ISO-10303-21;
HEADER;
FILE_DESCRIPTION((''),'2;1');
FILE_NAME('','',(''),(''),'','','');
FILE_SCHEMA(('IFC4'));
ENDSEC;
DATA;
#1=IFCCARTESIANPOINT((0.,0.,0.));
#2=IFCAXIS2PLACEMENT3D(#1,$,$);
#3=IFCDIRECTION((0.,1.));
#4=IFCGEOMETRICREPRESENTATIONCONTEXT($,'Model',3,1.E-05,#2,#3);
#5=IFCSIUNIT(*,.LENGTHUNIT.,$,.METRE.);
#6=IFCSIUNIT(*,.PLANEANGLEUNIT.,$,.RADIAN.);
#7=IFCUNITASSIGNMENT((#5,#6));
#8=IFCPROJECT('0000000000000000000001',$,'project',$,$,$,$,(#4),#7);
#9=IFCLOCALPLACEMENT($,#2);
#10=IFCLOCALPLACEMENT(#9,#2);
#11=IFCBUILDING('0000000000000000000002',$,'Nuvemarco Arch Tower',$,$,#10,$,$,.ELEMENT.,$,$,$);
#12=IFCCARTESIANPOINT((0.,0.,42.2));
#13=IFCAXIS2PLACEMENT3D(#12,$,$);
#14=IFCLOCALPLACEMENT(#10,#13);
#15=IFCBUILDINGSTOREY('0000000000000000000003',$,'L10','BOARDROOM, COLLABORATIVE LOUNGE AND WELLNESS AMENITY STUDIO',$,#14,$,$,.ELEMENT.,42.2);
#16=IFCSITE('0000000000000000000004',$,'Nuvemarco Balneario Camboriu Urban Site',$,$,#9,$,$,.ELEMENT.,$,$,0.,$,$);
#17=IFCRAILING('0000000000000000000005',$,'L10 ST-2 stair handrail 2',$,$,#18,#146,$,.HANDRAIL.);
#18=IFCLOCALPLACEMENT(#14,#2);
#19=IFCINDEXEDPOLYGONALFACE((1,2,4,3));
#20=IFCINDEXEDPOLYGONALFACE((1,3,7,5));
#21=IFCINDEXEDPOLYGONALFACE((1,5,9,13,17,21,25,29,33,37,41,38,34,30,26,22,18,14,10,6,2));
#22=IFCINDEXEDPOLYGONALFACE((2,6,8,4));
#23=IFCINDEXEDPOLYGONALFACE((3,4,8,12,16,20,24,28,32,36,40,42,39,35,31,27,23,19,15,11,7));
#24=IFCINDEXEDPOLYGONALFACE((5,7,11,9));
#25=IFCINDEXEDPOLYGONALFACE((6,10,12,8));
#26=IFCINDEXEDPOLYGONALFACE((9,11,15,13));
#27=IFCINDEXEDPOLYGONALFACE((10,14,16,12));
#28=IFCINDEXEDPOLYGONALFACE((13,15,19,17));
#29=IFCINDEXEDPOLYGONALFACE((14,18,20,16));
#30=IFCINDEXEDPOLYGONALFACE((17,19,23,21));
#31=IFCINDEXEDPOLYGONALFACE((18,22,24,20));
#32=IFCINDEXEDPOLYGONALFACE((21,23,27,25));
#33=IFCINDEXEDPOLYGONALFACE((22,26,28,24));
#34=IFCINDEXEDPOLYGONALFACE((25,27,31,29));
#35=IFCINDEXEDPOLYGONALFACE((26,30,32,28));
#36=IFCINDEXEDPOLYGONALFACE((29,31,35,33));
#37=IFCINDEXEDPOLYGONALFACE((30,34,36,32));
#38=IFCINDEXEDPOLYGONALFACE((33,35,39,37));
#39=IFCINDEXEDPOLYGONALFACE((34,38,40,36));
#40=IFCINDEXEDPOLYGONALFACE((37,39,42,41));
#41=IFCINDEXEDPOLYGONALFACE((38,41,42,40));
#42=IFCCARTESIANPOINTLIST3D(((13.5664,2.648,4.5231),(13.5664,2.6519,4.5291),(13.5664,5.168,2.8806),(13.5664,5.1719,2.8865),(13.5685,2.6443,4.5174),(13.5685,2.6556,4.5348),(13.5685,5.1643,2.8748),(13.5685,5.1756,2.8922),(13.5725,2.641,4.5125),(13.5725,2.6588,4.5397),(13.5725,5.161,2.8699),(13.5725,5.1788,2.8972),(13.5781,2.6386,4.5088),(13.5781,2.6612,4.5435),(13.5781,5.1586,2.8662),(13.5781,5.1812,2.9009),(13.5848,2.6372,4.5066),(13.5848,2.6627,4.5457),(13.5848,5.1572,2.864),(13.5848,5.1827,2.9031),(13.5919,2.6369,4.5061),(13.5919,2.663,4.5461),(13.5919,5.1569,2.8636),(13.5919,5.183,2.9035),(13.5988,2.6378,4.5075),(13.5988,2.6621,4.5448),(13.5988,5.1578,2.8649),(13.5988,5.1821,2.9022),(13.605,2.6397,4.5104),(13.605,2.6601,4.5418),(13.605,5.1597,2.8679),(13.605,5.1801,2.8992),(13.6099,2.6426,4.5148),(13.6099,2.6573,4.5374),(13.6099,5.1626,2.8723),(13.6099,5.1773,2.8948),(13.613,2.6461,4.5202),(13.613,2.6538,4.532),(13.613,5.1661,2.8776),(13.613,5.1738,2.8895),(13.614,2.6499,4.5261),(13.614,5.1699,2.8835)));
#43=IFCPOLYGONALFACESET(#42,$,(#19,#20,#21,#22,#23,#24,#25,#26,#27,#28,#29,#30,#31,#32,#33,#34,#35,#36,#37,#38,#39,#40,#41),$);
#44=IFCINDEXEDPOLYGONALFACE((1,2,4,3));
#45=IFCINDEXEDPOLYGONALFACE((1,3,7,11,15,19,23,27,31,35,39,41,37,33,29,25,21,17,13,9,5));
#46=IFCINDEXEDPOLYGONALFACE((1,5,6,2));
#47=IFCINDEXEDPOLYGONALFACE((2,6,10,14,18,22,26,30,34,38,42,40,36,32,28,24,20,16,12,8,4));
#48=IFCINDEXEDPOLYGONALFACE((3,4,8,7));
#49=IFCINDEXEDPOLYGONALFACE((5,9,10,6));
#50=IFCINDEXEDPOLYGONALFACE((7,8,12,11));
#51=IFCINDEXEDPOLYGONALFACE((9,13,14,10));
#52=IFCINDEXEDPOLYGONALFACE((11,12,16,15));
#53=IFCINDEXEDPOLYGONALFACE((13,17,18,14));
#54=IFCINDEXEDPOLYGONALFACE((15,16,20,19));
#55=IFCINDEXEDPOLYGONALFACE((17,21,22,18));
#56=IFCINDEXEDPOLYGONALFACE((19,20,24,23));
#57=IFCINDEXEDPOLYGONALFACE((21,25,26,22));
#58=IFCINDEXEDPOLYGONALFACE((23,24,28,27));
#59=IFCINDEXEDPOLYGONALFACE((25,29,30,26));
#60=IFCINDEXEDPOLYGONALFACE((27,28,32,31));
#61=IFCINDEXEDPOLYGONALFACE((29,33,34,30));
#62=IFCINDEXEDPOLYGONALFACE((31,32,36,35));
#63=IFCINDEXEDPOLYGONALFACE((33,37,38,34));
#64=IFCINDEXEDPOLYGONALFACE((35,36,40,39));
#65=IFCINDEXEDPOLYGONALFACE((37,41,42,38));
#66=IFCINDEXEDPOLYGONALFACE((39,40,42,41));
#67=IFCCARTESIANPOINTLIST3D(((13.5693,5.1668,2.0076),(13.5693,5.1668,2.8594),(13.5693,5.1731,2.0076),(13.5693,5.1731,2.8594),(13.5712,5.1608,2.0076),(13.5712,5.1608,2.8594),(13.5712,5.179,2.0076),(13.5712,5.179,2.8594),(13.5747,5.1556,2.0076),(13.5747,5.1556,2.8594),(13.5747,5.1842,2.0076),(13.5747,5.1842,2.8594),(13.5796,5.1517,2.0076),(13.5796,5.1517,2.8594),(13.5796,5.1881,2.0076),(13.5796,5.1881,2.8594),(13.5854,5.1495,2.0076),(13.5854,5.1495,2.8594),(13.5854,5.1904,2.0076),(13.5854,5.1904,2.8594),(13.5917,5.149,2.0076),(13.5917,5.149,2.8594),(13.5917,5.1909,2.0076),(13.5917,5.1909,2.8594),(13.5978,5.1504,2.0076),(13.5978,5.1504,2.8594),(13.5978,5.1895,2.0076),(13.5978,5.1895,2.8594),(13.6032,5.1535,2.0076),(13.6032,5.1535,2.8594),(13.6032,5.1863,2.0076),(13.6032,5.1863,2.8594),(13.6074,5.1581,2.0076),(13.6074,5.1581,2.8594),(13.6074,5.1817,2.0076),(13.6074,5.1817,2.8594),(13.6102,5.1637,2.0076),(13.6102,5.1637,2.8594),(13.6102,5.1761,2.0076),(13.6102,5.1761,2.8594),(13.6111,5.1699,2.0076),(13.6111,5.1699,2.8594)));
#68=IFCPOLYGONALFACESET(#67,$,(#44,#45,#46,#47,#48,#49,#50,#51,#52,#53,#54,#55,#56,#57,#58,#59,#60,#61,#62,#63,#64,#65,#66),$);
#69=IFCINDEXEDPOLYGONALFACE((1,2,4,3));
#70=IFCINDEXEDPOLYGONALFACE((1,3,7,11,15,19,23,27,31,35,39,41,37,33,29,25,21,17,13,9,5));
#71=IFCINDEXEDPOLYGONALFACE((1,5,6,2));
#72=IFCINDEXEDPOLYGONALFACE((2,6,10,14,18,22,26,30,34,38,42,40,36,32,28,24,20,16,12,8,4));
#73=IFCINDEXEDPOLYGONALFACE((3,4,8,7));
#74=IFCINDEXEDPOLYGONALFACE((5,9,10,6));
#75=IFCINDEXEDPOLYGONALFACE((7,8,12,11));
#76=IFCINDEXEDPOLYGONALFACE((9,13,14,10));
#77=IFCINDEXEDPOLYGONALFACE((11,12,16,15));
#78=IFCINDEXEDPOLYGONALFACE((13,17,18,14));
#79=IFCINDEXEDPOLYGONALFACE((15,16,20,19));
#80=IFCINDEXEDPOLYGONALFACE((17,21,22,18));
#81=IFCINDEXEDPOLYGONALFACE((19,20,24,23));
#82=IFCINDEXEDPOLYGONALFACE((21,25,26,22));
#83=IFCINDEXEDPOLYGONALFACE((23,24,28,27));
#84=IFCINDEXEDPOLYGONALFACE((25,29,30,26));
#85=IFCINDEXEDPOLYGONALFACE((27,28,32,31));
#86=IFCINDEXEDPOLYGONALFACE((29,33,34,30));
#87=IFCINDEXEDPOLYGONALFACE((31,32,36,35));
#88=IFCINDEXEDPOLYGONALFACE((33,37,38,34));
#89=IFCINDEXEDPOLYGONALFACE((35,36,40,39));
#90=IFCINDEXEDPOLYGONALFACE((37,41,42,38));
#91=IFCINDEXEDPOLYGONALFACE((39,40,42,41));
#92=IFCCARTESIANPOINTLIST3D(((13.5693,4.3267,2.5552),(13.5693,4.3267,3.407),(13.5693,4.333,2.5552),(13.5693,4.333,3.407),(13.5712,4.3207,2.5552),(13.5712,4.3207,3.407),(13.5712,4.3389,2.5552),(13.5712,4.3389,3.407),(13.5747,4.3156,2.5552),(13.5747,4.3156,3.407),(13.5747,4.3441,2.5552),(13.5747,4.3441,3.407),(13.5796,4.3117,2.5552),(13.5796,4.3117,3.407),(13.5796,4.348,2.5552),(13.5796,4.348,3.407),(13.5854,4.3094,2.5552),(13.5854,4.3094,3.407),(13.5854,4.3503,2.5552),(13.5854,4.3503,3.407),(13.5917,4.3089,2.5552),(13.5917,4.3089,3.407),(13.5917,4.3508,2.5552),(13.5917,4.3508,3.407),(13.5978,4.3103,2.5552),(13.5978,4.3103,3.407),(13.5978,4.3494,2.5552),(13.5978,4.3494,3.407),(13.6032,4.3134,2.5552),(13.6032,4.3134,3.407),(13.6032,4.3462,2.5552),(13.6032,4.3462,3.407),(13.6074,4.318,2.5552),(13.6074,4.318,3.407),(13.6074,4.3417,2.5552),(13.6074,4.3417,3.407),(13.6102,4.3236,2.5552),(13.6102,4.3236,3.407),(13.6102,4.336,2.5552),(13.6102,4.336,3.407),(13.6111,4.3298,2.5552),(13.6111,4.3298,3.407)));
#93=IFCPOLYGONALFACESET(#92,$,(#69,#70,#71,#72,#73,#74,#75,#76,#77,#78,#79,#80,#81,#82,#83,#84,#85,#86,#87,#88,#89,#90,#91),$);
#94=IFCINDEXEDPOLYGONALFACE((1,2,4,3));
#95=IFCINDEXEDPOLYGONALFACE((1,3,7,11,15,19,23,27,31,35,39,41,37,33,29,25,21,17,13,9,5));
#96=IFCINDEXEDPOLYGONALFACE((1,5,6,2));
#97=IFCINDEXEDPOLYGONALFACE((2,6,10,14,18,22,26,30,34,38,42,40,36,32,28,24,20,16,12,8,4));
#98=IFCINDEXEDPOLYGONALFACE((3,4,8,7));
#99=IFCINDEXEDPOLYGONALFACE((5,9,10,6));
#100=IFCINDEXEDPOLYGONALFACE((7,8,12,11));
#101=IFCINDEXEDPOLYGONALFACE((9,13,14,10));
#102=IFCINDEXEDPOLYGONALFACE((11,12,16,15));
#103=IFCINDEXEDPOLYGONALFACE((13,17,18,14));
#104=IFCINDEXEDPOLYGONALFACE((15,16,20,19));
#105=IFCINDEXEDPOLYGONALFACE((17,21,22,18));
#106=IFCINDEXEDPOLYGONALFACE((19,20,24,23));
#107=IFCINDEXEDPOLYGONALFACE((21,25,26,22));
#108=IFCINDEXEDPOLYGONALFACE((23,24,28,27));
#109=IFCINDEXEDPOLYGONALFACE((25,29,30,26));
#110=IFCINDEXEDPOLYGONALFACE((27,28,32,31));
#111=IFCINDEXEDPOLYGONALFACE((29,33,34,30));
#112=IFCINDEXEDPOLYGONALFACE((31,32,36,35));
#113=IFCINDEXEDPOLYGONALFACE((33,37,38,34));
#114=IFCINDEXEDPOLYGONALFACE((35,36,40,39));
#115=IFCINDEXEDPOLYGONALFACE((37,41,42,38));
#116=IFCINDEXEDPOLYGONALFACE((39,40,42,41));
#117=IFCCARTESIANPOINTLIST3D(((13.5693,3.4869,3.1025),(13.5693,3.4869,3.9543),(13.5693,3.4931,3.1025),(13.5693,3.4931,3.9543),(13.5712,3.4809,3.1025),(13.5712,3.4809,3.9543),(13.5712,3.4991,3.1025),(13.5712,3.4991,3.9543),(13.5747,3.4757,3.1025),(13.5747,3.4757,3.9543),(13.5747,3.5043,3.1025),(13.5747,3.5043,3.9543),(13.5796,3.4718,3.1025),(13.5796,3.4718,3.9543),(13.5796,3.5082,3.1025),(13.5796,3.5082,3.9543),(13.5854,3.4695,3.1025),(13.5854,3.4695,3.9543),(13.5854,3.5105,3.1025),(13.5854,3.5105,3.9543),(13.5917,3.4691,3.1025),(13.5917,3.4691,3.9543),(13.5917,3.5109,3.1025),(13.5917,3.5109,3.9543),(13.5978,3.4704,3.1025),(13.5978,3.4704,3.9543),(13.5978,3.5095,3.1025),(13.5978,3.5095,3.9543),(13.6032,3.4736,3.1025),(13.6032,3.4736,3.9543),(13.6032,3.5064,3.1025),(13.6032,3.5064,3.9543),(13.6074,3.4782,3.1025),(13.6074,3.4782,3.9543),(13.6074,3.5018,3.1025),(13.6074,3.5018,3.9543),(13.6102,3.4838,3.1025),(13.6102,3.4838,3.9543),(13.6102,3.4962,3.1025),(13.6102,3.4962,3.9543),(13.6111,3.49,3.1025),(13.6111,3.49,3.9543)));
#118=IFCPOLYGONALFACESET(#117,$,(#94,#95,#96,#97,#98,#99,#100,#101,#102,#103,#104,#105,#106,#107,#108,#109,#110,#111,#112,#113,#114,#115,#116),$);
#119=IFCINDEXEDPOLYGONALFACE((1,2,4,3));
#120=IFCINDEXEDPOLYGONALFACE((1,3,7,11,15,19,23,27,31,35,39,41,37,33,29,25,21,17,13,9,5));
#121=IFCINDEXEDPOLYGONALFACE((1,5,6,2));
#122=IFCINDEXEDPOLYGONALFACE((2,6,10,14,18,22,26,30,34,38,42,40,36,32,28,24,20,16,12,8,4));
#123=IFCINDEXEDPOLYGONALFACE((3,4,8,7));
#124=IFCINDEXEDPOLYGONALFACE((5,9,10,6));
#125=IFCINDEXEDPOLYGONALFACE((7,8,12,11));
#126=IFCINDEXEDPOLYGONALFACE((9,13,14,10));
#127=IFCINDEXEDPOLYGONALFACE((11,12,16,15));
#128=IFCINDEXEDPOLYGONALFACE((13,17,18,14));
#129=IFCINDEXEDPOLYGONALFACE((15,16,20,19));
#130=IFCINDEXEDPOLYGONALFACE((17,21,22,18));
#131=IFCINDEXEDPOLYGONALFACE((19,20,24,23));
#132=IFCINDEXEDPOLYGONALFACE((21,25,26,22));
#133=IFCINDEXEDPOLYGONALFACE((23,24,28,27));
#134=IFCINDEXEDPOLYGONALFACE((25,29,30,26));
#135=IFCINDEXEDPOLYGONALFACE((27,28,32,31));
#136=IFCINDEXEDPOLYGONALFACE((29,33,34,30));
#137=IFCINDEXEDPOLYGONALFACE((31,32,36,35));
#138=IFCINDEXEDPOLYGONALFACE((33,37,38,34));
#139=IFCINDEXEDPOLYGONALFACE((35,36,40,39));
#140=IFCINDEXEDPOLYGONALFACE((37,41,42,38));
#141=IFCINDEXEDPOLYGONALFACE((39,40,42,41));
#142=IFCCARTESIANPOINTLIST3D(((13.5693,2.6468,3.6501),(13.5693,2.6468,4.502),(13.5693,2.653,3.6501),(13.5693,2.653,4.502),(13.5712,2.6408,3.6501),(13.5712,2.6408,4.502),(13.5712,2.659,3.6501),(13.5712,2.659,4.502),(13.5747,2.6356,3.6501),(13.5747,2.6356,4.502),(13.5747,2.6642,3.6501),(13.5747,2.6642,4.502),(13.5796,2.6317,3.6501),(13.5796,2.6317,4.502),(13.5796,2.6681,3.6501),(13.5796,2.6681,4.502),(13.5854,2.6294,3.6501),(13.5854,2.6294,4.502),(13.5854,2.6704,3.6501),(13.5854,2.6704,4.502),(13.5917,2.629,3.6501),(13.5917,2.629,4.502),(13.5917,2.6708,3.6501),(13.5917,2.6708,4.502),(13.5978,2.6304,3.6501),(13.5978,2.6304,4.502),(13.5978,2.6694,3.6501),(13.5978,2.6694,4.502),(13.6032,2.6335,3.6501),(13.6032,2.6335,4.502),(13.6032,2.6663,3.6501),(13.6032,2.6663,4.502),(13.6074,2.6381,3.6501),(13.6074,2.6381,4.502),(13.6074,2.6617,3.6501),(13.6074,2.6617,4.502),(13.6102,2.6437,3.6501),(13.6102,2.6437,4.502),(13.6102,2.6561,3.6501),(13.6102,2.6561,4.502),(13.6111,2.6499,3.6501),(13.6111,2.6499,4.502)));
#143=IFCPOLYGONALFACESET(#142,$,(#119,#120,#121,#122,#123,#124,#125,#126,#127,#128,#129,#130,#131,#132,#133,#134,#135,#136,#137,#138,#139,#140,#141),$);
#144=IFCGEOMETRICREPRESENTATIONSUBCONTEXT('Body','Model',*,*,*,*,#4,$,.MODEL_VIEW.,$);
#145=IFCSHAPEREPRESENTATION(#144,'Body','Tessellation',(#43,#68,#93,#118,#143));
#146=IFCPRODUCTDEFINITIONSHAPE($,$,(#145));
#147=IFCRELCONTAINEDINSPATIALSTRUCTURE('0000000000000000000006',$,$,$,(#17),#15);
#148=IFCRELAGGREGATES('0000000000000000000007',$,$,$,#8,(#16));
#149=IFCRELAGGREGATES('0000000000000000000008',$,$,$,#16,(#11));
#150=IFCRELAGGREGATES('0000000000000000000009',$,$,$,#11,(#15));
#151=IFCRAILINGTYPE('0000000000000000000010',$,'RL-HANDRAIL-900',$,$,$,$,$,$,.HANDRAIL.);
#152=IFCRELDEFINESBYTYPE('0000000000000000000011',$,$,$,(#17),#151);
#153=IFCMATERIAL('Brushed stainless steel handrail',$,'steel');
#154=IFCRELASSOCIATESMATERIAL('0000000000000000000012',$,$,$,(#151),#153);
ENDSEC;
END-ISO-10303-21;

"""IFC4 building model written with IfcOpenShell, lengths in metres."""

from ifc_helpers import new_model, si_unit, direction, frame, origin, origin_2d, place, context, subcontext, project, spatial, circle, extrude, material, type_object, element, save


model = new_model("IFC4")

# Units and contexts
model_context = context("Model", 3, precision=1e-05, world=origin(), true_north=direction((0.0, 1.0)))
body_context = subcontext(model_context, "Body", "Model", "MODEL_VIEW")
ifc_project = project(units=[si_unit("LENGTHUNIT", "METRE"), si_unit("PLANEANGLEUNIT", "RADIAN")], contexts=[model_context])

# Site, building, storey
site_placement = place(None, origin())
site = spatial("IfcSite", under=ifc_project, at=site_placement, Name="Nuvemarco Balneario Camboriu Urban Site", CompositionType="ELEMENT", RefElevation=0.0)
building_placement = place(site_placement, origin())
building = spatial("IfcBuilding", under=site, at=building_placement, Name="Nuvemarco Arch Tower", CompositionType="ELEMENT")
storey_placement = place(building_placement, frame((0.0, 0.0, 42.2)))
storey = spatial("IfcBuildingStorey", under=building, at=storey_placement, Name="L10", Description="BOARDROOM, COLLABORATIVE LOUNGE AND WELLNESS AMENITY STUDIO", CompositionType="ELEMENT", Elevation=42.2)

# Railing
ifc_material_1 = material(Name="Brushed stainless steel handrail", Category="steel")
railing_type_1 = type_object("IfcRailingType", Name="RL-HANDRAIL-900", PredefinedType="HANDRAIL", material=ifc_material_1)
railing_1_placement = place(storey_placement, frame((13.5901, 5.1699, 2.0076)))
element("IfcRailing", 1, at=railing_1_placement, inside=storey, type_object=railing_type_1, Name="L10 ST-2 stair handrail 2", PredefinedType="HANDRAIL", context=body_context, shape_type="SweptSolid", body=[
    extrude(circle(Radius=0.0239, at=origin_2d()), frame((0.0, 0.0, 0.876), z_axis=(0.0, -0.837749, 0.546055), x_axis=(1.0, 0.0, 0.0)), (0.0, 0.0, 1.0), 3.0081),
    extrude(circle(Radius=0.021, at=origin_2d()), origin(), (0.0, 0.0, 1.0), 0.8518),
    extrude(circle(Radius=0.021, at=origin_2d()), frame((0.0, -0.8401, 0.5476)), (0.0, 0.0, 1.0), 0.8518),
    extrude(circle(Radius=0.021, at=origin_2d()), frame((0.0, -1.6799, 1.095)), (0.0, 0.0, 1.0), 0.8518),
    extrude(circle(Radius=0.021, at=origin_2d()), frame((0.0, -2.52, 1.6426)), (0.0, 0.0, 1.0), 0.8518),
])

save(model, "model.ifc")
